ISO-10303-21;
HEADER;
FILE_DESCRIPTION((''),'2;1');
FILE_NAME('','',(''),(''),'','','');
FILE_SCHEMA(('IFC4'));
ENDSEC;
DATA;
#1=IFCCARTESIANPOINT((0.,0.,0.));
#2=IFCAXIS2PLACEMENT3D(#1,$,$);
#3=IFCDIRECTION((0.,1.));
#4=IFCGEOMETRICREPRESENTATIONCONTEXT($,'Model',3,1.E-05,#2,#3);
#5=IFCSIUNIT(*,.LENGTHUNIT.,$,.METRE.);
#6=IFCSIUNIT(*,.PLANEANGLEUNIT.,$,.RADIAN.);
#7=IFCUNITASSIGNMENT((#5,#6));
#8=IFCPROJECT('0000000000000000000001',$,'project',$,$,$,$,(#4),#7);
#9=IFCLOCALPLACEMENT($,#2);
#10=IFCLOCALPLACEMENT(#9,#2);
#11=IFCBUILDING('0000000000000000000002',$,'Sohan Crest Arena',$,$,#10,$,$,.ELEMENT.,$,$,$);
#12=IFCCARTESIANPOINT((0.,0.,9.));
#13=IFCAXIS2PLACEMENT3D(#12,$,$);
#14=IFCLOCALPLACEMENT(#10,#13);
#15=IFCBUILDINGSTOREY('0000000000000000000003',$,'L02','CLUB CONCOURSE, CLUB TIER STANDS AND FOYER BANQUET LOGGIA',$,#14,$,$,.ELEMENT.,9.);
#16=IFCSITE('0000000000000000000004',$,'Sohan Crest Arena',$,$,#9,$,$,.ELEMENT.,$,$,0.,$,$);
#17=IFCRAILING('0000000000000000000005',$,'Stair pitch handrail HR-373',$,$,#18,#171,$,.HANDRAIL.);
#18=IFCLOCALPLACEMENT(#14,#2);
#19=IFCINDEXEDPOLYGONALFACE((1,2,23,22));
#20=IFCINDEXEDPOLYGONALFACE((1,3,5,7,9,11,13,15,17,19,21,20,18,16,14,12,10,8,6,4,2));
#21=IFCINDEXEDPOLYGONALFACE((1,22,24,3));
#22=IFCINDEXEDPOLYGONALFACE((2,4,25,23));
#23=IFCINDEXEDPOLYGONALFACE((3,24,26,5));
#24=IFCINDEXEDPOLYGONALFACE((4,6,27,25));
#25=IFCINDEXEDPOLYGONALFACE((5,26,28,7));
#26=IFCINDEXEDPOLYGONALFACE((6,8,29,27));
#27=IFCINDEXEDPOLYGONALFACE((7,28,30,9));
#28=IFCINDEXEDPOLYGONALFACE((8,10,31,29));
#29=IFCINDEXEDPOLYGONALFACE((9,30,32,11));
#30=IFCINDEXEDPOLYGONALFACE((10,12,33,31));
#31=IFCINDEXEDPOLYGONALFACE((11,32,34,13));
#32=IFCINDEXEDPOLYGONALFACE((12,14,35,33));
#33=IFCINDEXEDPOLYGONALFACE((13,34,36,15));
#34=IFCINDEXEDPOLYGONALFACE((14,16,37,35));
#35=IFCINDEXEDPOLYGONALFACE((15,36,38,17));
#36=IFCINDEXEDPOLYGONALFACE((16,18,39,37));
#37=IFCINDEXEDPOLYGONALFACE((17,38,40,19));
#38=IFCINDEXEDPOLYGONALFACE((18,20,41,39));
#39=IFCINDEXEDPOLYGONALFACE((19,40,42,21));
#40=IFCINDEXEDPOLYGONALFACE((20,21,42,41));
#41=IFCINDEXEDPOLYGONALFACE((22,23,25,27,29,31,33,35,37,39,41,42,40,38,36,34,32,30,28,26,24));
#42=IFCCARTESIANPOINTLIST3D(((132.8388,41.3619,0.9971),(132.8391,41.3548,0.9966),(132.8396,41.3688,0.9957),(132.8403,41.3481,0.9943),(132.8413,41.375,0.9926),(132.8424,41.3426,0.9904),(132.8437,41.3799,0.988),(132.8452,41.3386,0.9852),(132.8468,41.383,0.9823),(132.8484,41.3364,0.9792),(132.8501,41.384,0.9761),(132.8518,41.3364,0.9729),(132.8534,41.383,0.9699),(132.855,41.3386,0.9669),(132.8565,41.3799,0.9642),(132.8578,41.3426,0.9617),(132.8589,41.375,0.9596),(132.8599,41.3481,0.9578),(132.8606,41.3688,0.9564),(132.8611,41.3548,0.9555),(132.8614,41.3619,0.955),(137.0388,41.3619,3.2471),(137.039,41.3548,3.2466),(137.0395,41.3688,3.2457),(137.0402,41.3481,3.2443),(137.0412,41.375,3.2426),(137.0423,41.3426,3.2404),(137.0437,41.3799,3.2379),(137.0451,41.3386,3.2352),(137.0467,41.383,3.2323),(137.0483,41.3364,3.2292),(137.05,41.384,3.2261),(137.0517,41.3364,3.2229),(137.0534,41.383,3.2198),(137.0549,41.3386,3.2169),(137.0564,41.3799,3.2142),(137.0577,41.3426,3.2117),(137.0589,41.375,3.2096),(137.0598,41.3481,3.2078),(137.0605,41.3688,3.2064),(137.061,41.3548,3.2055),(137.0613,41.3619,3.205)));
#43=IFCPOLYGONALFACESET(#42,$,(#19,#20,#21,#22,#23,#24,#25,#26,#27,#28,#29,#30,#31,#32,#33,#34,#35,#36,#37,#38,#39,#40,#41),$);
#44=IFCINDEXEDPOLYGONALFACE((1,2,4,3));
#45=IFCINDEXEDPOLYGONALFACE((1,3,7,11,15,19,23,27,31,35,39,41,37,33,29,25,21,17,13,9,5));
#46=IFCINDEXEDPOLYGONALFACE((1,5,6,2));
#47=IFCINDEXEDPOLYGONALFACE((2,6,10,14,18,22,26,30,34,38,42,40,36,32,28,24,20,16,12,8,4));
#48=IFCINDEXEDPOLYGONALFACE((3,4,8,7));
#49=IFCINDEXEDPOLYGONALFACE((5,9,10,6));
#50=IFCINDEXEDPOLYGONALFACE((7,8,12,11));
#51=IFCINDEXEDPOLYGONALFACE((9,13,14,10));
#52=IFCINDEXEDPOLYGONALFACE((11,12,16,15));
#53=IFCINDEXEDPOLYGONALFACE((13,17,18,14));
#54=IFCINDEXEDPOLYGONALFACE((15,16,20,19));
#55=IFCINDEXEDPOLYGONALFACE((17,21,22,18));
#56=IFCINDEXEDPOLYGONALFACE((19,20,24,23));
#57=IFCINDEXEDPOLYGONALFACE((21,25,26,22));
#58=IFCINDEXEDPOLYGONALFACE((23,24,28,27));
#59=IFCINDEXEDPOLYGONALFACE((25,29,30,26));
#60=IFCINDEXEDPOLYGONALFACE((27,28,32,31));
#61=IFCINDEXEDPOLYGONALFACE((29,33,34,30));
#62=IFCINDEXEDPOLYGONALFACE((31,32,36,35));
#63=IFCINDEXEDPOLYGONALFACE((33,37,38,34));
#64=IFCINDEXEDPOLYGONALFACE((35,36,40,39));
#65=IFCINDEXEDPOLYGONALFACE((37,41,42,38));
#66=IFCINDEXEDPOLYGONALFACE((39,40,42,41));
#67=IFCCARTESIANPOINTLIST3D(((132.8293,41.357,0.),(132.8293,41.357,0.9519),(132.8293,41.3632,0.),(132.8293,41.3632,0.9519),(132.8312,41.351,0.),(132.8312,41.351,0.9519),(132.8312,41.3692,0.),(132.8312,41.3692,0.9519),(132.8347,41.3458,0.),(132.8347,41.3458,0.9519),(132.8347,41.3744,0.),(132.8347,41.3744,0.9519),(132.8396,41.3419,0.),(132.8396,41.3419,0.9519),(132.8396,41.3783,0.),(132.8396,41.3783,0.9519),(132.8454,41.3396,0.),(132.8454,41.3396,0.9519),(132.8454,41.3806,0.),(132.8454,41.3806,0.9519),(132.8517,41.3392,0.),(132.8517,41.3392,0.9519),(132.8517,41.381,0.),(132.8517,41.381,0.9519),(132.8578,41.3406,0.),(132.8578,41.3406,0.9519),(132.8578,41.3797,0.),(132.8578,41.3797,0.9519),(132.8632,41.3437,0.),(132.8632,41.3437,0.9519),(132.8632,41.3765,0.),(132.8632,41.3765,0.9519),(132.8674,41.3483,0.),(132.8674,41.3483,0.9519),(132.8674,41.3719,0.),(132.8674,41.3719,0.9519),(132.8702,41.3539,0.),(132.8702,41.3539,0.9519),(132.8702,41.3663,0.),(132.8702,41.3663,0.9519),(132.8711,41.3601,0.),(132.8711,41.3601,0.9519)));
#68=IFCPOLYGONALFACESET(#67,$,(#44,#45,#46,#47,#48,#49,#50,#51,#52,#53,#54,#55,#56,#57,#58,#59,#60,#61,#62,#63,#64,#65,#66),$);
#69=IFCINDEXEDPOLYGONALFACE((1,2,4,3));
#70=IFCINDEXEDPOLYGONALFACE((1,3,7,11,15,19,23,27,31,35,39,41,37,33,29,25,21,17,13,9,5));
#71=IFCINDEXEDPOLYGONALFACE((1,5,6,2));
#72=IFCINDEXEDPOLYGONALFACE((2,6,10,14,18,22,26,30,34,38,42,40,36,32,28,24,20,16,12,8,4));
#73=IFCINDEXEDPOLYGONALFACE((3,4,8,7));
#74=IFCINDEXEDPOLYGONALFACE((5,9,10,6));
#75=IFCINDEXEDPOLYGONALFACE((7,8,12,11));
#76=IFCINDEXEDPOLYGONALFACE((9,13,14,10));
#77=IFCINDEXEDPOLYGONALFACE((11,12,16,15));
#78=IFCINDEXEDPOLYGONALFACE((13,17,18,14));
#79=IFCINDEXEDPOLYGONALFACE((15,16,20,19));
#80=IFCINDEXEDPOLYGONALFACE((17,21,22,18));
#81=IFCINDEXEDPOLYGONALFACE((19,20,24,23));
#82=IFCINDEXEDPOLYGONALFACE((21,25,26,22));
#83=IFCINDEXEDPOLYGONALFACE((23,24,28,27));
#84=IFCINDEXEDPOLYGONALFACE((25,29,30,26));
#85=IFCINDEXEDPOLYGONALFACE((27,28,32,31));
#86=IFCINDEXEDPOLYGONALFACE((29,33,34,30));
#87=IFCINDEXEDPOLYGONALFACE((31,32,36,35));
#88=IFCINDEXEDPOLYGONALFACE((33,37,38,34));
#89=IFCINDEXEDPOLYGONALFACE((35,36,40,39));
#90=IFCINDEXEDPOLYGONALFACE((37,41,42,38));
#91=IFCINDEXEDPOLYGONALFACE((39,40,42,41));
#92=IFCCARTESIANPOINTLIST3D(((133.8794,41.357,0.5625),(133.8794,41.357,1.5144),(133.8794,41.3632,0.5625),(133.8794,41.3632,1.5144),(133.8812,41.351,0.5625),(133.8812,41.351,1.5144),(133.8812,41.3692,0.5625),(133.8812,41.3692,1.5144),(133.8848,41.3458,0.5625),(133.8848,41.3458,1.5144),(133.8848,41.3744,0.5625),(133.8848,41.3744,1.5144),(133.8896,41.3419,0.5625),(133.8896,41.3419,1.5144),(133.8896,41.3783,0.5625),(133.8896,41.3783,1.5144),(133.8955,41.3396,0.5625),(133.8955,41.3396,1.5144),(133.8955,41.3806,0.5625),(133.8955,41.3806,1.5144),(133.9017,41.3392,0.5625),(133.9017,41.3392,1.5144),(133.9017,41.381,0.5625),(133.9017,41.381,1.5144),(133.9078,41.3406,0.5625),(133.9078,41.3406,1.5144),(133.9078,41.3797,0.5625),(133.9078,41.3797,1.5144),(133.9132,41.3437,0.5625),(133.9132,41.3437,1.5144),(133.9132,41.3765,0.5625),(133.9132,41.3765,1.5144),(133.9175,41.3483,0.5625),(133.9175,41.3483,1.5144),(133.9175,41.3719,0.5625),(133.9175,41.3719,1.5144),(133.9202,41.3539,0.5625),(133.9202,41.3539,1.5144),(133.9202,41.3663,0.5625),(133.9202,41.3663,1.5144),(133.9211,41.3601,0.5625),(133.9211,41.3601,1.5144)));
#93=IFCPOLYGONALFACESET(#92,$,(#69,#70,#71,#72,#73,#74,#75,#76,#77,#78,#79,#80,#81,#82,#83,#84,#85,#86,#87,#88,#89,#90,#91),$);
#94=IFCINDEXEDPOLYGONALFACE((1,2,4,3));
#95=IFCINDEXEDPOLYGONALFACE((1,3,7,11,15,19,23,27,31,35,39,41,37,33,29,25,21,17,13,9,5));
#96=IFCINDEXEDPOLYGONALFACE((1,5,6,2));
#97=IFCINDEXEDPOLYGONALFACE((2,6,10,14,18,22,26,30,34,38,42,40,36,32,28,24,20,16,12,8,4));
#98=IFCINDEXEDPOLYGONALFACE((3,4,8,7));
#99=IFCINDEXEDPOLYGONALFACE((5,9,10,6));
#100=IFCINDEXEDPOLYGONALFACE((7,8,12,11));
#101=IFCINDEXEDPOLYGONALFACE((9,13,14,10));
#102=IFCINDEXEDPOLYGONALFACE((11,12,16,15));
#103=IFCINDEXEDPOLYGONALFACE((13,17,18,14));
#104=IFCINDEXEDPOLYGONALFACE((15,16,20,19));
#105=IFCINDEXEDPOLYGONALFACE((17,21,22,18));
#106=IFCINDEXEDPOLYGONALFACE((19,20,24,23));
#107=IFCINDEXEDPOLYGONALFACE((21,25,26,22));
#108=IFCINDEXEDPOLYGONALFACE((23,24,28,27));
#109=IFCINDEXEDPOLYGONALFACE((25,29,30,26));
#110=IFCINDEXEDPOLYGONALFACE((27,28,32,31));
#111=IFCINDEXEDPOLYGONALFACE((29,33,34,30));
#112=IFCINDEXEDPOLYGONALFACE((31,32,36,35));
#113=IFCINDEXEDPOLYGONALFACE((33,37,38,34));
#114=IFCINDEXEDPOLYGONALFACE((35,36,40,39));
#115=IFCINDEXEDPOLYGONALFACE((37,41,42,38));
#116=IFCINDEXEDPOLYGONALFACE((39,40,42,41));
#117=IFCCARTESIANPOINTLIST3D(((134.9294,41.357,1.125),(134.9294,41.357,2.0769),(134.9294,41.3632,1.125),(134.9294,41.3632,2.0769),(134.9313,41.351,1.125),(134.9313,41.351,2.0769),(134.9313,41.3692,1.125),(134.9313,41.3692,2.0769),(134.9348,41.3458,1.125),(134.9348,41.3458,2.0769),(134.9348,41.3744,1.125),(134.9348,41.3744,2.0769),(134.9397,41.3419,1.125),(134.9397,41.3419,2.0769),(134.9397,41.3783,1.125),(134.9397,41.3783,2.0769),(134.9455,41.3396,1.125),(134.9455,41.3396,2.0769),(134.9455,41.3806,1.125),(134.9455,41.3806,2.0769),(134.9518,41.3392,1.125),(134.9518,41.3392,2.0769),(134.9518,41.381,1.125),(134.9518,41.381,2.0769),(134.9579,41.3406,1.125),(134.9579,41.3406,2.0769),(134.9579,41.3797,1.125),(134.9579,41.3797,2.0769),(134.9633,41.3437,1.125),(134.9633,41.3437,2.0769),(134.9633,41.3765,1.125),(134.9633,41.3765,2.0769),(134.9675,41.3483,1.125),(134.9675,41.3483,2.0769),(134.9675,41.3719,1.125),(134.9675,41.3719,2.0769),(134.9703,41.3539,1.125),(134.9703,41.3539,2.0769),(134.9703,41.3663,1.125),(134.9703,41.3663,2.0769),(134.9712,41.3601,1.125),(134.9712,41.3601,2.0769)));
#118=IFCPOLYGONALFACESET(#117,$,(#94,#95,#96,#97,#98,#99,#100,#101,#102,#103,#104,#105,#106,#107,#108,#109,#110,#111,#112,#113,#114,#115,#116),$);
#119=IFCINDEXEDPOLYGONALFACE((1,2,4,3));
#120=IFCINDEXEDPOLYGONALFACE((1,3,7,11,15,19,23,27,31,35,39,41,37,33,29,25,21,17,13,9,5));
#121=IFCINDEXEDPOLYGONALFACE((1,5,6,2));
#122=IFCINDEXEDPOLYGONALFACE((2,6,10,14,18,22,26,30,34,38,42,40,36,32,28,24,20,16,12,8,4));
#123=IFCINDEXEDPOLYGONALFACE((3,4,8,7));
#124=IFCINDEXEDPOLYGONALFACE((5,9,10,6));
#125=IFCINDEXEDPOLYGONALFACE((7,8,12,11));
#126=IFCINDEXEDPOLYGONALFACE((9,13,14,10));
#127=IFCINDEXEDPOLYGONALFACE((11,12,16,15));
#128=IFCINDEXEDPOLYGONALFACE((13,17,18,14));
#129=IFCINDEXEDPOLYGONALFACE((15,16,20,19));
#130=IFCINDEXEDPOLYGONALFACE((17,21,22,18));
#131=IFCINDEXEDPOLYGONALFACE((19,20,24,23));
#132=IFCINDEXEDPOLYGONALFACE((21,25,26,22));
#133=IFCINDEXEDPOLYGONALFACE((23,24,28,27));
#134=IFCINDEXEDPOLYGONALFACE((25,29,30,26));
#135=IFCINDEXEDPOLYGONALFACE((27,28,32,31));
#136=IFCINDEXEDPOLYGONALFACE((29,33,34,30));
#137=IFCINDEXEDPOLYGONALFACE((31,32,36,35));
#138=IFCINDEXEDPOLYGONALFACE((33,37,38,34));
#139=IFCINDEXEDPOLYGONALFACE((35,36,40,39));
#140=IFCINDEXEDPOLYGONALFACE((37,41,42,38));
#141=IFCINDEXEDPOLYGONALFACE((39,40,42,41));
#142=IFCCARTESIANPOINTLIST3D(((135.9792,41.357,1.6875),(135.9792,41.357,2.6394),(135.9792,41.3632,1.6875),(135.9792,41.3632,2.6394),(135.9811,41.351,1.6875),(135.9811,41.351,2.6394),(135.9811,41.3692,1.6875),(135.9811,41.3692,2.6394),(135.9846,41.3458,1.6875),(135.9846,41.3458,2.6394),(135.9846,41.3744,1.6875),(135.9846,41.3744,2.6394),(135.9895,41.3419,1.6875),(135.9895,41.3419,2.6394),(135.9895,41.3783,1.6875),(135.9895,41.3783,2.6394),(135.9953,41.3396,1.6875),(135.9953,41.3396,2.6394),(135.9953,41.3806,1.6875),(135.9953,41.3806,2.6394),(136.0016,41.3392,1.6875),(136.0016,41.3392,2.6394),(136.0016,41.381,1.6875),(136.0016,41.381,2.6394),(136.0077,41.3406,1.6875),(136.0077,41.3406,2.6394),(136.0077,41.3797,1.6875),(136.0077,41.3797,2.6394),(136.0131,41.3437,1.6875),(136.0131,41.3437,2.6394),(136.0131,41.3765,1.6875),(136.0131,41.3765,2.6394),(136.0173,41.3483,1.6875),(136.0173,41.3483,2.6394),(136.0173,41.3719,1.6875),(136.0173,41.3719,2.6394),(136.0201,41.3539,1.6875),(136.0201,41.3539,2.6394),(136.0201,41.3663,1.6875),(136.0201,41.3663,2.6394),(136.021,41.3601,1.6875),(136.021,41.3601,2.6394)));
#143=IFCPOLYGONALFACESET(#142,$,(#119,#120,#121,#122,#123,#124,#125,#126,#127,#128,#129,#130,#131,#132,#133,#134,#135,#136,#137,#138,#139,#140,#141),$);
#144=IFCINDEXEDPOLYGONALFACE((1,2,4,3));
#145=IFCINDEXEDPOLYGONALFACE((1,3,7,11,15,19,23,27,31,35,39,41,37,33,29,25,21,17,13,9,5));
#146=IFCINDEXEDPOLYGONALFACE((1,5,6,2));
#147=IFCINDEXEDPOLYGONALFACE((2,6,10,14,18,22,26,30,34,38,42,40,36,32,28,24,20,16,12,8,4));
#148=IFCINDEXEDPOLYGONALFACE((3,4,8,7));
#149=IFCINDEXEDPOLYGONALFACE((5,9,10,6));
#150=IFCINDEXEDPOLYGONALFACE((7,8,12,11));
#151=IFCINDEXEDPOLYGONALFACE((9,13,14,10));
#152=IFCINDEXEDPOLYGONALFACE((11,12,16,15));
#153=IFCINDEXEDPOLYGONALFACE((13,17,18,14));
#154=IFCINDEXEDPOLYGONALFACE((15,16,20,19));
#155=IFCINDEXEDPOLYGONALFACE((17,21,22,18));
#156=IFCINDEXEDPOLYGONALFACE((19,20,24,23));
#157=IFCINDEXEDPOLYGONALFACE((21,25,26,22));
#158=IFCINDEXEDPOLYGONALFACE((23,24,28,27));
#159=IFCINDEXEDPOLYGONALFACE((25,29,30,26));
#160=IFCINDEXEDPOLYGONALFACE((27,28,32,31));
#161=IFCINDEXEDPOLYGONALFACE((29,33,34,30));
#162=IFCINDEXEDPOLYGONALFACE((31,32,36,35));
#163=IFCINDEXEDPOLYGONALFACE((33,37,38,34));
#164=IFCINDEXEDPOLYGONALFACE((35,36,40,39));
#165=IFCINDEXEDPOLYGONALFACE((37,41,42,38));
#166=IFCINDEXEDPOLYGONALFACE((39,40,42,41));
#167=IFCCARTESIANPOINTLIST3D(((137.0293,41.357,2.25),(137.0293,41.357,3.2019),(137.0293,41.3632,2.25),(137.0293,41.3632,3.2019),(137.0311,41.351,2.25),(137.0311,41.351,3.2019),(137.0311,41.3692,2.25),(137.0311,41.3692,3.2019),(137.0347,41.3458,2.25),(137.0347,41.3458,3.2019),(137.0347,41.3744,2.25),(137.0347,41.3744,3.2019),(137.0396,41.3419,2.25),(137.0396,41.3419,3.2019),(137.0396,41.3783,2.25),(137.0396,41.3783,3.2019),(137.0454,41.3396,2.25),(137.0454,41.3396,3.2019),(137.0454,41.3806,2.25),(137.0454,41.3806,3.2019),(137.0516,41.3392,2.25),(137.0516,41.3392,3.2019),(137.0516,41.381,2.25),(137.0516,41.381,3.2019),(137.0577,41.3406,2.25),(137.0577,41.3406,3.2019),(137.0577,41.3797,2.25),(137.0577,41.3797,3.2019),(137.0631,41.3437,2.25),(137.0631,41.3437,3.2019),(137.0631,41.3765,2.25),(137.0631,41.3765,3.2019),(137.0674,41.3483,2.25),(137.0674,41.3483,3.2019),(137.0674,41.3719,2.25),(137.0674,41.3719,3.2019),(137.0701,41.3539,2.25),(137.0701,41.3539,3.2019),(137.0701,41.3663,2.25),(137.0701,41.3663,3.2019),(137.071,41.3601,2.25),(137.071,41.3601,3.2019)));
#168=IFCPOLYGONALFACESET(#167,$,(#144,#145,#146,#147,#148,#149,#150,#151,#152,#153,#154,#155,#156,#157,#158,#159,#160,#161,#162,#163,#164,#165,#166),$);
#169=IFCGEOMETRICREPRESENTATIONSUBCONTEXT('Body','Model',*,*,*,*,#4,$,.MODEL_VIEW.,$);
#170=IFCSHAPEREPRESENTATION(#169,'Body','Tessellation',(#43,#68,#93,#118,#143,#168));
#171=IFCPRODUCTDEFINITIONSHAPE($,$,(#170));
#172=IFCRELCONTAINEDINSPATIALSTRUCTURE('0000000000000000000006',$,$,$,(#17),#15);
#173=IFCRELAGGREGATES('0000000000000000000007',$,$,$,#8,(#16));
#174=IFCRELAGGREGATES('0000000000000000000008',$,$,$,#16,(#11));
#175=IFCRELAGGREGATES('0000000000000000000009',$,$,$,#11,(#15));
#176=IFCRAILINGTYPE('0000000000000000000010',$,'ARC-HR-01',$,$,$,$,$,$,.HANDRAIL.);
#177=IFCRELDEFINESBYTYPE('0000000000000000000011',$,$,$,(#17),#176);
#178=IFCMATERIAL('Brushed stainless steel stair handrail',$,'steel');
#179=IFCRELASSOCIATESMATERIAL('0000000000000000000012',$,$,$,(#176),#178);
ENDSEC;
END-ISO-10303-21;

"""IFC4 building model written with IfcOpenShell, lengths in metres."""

from ifc_helpers import new_model, si_unit, direction, frame, origin, origin_2d, place, context, subcontext, project, spatial, circle, extrude, material, type_object, element, save


model = new_model("IFC4")

# Units and contexts
model_context = context("Model", 3, precision=1e-05, world=origin(), true_north=direction((0.0, 1.0)))
body_context = subcontext(model_context, "Body", "Model", "MODEL_VIEW")
ifc_project = project(units=[si_unit("LENGTHUNIT", "METRE"), si_unit("PLANEANGLEUNIT", "RADIAN")], contexts=[model_context])

# Site, building, storey
site_placement = place(None, origin())
site = spatial("IfcSite", under=ifc_project, at=site_placement, Name="Sohan Crest Arena", CompositionType="ELEMENT", RefElevation=0.0)
building_placement = place(site_placement, origin())
building = spatial("IfcBuilding", under=site, at=building_placement, Name="Sohan Crest Arena", CompositionType="ELEMENT")
storey_placement = place(building_placement, frame((0.0, 0.0, 9.0)))
storey = spatial("IfcBuildingStorey", under=building, at=storey_placement, Name="L02", Description="CLUB CONCOURSE, CLUB TIER STANDS AND FOYER BANQUET LOGGIA", CompositionType="ELEMENT", Elevation=9.0)

# Railing
ifc_material_1 = material(Name="Brushed stainless steel stair handrail", Category="steel")
railing_type = type_object("IfcRailingType", Name="ARC-HR-01", PredefinedType="HANDRAIL", material=ifc_material_1)
for number, where, name in (
    (1, (132.8501, 41.3601, 0.0), "Stair pitch handrail HR-373"),
):
    element("IfcRailing", number, at=place(storey_placement, frame(where)), inside=storey, type_object=railing_type, Name=name, PredefinedType="HANDRAIL", context=body_context, shape_type="SweptSolid", body=[
        extrude(circle(Radius=0.0239, at=origin_2d()), frame((0.0, 0.0, 0.9761), z_axis=(0.881478, 0.0, 0.472226), x_axis=(0.0, 1.0, 0.0)), (0.0, 0.0, 1.0), 4.7646),
        extrude(circle(Radius=0.021, at=origin_2d()), origin(), (0.0, 0.0, 1.0), 0.9519),
        extrude(circle(Radius=0.021, at=origin_2d()), frame((1.05, 0.0, 0.5625)), (0.0, 0.0, 1.0), 0.9519),
        extrude(circle(Radius=0.021, at=origin_2d()), frame((2.1001, 0.0, 1.125)), (0.0, 0.0, 1.0), 0.9519),
        extrude(circle(Radius=0.021, at=origin_2d()), frame((3.1499, 0.0, 1.6875)), (0.0, 0.0, 1.0), 0.9519),
        extrude(circle(Radius=0.021, at=origin_2d()), frame((4.2, 0.0, 2.25)), (0.0, 0.0, 1.0), 0.9519),
    ])

save(model, "model.ifc")
